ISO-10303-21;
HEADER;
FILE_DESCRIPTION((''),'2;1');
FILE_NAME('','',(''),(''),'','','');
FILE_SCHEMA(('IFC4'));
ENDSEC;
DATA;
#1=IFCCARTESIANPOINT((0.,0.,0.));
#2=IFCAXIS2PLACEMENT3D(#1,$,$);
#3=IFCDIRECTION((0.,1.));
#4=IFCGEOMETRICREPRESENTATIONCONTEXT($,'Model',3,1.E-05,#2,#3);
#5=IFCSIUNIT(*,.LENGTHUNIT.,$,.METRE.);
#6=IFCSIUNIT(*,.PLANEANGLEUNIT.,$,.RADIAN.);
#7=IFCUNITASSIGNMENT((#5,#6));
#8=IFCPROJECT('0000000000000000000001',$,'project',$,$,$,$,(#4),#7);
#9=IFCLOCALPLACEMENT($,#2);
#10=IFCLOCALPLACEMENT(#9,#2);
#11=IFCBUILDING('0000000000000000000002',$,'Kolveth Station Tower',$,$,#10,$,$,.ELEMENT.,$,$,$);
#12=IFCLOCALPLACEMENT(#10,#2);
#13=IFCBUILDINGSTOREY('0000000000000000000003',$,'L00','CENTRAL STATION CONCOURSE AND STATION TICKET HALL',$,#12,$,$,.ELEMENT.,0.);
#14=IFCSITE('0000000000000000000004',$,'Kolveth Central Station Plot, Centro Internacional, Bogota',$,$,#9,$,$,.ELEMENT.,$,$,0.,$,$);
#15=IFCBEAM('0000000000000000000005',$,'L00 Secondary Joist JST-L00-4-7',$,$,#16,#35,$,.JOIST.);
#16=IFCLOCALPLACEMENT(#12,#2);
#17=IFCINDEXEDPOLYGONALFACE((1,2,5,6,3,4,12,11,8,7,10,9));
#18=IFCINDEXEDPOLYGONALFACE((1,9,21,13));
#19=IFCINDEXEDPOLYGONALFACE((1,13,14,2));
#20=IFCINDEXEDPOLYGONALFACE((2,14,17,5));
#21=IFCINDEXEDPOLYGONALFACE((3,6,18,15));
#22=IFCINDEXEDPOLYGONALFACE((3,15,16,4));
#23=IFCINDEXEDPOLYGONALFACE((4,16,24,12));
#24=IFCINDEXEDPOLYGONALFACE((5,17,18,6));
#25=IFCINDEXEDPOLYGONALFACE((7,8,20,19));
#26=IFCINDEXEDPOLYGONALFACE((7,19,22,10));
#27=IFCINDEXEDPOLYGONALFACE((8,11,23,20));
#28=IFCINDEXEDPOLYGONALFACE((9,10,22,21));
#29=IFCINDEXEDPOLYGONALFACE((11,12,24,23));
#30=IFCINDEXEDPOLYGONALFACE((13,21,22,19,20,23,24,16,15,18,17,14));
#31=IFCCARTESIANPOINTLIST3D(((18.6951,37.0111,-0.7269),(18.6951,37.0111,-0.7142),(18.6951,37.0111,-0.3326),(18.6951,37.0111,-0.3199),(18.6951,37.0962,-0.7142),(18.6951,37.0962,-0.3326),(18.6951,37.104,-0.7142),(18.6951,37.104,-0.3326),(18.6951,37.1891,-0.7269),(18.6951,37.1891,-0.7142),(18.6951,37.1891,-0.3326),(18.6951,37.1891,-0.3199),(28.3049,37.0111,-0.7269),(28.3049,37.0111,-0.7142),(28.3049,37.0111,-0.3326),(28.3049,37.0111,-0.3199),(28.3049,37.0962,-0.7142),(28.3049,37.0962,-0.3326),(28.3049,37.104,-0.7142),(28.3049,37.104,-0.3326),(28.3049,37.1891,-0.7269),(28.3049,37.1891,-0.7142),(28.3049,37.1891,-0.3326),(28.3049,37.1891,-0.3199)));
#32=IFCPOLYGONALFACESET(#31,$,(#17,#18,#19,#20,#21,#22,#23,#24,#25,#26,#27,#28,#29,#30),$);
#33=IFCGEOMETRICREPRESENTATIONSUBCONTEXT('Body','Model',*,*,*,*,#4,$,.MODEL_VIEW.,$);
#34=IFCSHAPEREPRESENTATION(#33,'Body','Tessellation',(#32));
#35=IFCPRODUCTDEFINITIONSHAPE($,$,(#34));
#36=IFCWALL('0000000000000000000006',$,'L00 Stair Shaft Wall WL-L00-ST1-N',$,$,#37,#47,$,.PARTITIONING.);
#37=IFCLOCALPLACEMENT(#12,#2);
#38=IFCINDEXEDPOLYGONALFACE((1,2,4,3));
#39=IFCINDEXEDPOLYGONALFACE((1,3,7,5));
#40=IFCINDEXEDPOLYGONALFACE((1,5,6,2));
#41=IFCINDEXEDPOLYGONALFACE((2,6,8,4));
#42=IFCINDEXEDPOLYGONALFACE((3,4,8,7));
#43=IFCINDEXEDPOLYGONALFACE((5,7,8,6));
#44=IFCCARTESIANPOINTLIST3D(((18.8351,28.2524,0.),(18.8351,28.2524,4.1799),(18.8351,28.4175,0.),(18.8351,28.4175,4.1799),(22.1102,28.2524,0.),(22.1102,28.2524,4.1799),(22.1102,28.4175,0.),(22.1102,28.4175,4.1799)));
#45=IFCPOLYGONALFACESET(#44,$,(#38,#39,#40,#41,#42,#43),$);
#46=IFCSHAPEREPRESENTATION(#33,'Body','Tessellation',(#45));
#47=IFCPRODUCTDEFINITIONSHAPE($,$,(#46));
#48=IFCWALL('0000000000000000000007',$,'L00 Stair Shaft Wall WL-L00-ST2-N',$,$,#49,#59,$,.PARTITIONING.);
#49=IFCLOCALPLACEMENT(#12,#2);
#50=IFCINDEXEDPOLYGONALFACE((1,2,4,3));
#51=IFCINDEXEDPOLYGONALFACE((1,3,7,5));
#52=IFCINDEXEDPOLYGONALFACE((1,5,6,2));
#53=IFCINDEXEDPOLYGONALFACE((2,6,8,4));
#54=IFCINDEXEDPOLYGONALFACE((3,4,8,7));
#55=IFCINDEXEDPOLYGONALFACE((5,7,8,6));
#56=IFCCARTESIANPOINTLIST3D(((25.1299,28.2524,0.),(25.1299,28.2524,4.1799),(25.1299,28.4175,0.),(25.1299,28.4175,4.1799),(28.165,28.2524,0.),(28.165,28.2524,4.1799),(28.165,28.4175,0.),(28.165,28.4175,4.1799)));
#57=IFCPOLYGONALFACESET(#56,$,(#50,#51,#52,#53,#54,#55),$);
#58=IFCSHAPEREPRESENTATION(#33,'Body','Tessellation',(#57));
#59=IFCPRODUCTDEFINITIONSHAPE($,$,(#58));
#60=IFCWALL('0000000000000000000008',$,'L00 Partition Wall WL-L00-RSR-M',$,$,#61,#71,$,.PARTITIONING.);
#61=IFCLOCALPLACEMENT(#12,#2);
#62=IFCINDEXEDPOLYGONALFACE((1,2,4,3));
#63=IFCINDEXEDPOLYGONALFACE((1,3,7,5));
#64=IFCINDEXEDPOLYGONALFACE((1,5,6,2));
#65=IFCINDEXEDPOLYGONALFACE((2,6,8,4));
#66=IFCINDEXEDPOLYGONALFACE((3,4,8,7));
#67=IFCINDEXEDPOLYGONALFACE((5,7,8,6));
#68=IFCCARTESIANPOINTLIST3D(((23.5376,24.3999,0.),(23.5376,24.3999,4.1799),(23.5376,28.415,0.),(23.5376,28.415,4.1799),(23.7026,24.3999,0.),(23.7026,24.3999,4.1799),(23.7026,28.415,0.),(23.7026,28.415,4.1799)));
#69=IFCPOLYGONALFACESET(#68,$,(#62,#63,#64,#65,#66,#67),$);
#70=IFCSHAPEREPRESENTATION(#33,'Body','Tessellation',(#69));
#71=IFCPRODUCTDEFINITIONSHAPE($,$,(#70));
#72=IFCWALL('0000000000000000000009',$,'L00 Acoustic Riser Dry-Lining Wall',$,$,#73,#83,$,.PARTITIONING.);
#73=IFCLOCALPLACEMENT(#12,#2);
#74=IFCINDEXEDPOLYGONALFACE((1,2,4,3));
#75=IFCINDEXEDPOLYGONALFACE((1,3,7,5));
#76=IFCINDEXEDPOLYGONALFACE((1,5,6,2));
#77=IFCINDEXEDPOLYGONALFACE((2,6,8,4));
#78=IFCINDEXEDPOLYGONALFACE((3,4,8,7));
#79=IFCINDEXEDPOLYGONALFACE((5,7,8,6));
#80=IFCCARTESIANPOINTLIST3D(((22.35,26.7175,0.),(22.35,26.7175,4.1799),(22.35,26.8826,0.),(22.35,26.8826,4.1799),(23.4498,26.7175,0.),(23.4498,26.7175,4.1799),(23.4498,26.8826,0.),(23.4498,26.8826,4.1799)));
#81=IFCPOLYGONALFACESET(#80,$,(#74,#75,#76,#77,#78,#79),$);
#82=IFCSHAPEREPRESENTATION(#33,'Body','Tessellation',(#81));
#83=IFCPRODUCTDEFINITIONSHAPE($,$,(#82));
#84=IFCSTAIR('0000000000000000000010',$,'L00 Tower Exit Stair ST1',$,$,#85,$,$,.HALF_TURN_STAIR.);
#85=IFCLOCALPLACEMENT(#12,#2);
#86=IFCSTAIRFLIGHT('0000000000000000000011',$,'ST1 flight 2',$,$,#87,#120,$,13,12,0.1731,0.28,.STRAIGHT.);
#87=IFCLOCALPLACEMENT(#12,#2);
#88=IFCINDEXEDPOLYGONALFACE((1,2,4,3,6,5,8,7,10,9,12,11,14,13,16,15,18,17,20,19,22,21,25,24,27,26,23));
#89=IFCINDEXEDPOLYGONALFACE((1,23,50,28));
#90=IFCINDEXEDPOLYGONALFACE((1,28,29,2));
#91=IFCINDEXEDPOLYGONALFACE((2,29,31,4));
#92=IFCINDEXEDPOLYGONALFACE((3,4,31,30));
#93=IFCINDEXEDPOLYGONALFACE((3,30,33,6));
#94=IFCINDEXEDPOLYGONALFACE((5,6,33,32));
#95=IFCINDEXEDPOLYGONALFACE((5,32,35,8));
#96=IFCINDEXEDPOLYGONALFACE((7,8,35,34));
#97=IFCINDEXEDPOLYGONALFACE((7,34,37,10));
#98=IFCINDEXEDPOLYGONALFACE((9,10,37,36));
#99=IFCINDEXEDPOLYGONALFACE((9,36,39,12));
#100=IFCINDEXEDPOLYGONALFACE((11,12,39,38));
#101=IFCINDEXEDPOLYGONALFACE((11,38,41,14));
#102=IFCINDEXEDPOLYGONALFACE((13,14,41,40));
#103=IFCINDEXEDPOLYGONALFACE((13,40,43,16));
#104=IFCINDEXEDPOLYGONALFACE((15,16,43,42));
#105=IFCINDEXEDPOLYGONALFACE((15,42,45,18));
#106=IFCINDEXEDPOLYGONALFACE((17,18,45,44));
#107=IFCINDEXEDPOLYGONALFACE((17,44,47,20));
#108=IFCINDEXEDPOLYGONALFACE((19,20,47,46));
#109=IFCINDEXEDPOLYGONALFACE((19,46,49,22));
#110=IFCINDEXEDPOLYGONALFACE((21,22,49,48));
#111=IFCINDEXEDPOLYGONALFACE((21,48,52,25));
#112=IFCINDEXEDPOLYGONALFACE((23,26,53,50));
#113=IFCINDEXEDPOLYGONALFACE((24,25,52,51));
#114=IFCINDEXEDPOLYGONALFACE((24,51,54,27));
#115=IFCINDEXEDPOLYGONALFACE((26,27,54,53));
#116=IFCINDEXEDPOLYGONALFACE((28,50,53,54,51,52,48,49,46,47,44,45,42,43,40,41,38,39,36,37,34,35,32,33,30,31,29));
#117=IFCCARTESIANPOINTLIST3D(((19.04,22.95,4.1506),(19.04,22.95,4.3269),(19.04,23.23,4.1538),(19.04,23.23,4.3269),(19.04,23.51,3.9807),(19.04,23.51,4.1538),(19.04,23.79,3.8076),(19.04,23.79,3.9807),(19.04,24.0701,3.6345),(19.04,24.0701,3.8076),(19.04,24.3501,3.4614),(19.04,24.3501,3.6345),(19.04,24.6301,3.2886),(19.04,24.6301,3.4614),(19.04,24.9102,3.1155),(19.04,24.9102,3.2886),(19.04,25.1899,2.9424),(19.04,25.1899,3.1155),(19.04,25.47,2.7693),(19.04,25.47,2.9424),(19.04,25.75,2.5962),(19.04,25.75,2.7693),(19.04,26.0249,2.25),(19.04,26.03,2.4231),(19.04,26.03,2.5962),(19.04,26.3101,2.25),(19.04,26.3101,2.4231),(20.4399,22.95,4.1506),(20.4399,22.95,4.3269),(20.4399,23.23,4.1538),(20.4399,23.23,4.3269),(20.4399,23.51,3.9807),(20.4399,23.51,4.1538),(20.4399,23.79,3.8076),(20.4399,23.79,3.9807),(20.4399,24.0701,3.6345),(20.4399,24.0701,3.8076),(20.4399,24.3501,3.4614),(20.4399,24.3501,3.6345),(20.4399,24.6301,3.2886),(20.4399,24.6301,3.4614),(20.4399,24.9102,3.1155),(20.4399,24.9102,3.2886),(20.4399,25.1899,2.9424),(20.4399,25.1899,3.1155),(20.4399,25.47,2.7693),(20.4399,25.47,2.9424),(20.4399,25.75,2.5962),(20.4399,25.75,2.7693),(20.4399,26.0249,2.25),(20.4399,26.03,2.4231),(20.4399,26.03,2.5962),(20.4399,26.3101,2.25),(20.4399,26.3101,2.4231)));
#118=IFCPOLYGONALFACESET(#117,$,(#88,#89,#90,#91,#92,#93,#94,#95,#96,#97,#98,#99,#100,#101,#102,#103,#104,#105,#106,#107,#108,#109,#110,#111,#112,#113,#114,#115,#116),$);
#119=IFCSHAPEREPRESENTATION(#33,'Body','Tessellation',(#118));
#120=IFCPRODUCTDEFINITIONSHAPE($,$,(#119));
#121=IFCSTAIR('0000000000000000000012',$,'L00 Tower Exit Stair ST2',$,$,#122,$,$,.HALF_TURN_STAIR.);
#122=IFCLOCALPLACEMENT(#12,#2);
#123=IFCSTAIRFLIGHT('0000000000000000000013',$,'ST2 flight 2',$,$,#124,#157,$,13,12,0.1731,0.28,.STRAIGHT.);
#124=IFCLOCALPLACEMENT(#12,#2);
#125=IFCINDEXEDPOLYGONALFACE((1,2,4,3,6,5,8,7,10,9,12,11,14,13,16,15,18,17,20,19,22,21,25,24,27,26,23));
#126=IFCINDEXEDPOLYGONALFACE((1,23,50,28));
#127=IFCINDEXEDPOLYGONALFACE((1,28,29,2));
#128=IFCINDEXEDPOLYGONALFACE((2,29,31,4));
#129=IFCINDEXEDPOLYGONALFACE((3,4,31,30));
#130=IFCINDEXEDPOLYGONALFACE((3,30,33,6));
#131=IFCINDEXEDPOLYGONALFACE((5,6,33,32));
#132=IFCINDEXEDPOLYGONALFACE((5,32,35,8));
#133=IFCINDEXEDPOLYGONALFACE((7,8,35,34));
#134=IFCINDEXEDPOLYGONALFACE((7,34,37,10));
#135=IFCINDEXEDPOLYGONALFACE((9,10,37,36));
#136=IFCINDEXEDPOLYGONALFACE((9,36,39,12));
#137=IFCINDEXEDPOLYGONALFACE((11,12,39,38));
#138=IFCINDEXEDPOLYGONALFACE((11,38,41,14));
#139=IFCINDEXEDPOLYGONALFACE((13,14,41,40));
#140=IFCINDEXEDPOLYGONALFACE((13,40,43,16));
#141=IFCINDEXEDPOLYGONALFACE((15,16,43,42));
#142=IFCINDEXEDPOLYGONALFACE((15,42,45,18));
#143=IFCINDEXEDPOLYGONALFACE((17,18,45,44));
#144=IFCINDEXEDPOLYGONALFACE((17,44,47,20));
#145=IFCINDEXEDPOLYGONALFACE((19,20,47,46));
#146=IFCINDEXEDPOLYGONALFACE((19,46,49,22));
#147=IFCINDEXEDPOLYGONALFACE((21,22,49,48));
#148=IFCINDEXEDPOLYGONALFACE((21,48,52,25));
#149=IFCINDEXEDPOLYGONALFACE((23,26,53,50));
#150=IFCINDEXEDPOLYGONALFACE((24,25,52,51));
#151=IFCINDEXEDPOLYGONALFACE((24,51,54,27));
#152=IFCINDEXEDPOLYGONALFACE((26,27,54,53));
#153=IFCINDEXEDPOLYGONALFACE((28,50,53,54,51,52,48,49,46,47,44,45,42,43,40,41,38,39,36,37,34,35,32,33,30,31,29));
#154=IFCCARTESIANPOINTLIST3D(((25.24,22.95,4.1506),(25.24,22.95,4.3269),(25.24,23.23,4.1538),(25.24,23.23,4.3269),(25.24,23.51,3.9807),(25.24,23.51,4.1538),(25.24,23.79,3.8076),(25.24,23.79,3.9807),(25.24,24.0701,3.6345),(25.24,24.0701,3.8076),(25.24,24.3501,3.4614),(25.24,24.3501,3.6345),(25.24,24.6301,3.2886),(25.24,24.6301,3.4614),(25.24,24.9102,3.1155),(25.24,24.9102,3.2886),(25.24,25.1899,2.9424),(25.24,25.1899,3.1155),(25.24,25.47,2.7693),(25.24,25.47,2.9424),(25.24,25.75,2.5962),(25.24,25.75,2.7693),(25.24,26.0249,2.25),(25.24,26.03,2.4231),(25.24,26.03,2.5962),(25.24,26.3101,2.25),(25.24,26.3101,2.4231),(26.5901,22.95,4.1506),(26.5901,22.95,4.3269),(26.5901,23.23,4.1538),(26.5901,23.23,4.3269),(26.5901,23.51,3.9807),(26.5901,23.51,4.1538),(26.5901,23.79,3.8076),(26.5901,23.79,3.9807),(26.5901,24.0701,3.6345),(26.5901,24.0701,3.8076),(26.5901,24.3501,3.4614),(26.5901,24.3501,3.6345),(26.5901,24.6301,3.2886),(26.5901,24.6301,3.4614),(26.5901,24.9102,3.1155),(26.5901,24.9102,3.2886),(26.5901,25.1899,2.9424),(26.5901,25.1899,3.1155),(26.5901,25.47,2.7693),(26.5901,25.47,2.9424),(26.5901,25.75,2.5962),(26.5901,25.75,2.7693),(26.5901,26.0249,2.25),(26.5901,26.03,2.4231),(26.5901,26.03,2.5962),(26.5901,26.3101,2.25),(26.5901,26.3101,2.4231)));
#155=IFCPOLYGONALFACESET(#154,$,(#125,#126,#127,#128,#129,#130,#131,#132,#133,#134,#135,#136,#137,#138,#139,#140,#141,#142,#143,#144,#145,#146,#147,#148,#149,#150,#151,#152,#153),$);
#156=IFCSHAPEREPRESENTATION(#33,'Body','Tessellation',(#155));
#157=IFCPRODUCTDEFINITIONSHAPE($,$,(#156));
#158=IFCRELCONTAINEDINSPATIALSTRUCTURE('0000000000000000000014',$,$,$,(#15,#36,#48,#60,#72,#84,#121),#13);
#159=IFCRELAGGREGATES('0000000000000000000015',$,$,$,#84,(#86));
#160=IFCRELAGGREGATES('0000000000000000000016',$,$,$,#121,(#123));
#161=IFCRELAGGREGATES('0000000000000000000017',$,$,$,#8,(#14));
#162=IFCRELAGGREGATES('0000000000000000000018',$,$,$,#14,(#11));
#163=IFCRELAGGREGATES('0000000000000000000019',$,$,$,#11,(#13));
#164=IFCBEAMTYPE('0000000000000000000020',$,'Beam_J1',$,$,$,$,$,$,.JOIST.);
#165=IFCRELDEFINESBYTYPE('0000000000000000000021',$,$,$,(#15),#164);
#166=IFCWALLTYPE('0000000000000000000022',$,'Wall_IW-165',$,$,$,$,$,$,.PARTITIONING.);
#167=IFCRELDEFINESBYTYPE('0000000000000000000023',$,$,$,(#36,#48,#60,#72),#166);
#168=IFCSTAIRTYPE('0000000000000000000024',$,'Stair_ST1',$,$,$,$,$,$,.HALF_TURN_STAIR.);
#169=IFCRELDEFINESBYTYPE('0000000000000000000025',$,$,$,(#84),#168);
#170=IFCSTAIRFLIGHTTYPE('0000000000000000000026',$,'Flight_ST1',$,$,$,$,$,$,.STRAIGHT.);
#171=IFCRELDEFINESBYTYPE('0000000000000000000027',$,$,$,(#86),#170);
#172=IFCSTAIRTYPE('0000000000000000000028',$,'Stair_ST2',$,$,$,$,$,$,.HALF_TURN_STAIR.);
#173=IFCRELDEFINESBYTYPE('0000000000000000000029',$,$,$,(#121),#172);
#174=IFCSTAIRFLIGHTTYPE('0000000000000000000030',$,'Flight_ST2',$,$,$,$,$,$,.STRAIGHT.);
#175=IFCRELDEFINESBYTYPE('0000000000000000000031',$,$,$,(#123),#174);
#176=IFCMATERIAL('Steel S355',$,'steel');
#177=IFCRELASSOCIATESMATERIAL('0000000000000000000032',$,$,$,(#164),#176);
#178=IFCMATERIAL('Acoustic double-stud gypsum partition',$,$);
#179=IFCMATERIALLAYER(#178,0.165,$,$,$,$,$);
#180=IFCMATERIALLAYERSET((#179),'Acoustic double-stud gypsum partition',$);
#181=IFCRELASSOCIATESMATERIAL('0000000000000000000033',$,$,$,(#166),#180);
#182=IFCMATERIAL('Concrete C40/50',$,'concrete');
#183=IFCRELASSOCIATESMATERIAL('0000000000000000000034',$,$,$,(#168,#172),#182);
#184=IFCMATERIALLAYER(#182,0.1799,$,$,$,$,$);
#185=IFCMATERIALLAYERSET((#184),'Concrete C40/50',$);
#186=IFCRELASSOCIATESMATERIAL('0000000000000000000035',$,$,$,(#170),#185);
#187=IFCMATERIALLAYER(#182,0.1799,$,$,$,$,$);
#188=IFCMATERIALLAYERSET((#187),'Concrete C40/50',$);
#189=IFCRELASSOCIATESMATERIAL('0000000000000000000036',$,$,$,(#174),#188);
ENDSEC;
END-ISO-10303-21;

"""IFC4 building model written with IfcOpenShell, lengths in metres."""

from ifc_helpers import new_model, si_unit, direction, frame, frame_2d, origin, origin_2d, place, context, subcontext, project, spatial, polyline, rectangle, i_section, outline, extrude, source, transform, mapped, material, layer, layer_set, material_profile, profile_set, type_object, element, aggregate, save


model = new_model("IFC4")

# Units and contexts
model_context = context("Model", 3, precision=1e-05, world=origin(), true_north=direction((0.0, 1.0)))
body_context = subcontext(model_context, "Body", "Model", "MODEL_VIEW")
ifc_project = project(units=[si_unit("LENGTHUNIT", "METRE"), si_unit("PLANEANGLEUNIT", "RADIAN")], contexts=[model_context])

# Site, building, storey
site_placement = place(None, origin())
site = spatial("IfcSite", under=ifc_project, at=site_placement, Name="Kolveth Central Station Plot, Centro Internacional, Bogota", CompositionType="ELEMENT", RefElevation=0.0)
building_placement = place(site_placement, origin())
building = spatial("IfcBuilding", under=site, at=building_placement, Name="Kolveth Station Tower", CompositionType="ELEMENT")
storey_placement = place(building_placement, origin())
storey = spatial("IfcBuildingStorey", under=building, at=storey_placement, Name="L00", Description="CENTRAL STATION CONCOURSE AND STATION TICKET HALL", CompositionType="ELEMENT", Elevation=0.0)

# Beam
ifc_material_1 = material(Name="Steel S355", Category="steel")
ifc_material_profile_1 = material_profile(ifc_material_1, i_section(OverallWidth=0.178, OverallDepth=0.407, WebThickness=0.0078, FlangeThickness=0.0127, at=origin_2d()), Name="W410x60")
ifc_profile_set_1 = profile_set([ifc_material_profile_1], Name="Steel S355")
beam_type_1 = type_object("IfcBeamType", Name="Beam_J1", PredefinedType="JOIST", material=ifc_profile_set_1)
shared_shape_1 = source(origin(), body_context, "Body", "SweptSolid", [
    extrude(i_section(OverallWidth=0.178, OverallDepth=0.407, WebThickness=0.0078, FlangeThickness=0.0127, at=origin_2d()), origin(), (0.0, 0.0, 1.0), 9.6099),
])
for number, where, z_axis, x_axis, name in (
    (1, (18.6951, 37.1001, -0.5234), (1.0, 0.0, 0.0), (0.0, 1.0, 0.0), "L00 Secondary Joist JST-L00-4-7"),
):
    element("IfcBeam", number, at=place(storey_placement, frame(where, z_axis=z_axis, x_axis=x_axis)), inside=storey, type_object=beam_type_1, Name=name, PredefinedType="JOIST", context=body_context, shape_type="MappedRepresentation", body=[
        mapped(shared_shape_1, transform((0.0, 0.0, 0.0), x_axis=(1.0, 0.0, 0.0), y_axis=(0.0, 1.0, 0.0), z_axis=(0.0, 0.0, 1.0), scale=1.0)),
    ])

# Walls
ifc_material_2 = material(Name="Acoustic double-stud gypsum partition")
ifc_layer_1 = layer(ifc_material_2, 0.165)
ifc_layer_set_1 = layer_set([ifc_layer_1], Name="Acoustic double-stud gypsum partition")
wall_type = type_object("IfcWallType", Name="Wall_IW-165", PredefinedType="PARTITIONING", material=ifc_layer_set_1)
wall_1_placement = place(storey_placement, frame((18.835, 28.335, 0.0), z_axis=(0.0, 0.0, 1.0), x_axis=(1.0, 0.0, 0.0)))
element("IfcWall", 2, at=wall_1_placement, inside=storey, type_object=wall_type, Name="L00 Stair Shaft Wall WL-L00-ST1-N", PredefinedType="PARTITIONING", context=body_context, shape_type="SweptSolid", body=[
    extrude(rectangle(XDim=3.2751, YDim=0.165, at=frame_2d((1.6377, 0.0))), origin(), (0.0, 0.0, 1.0), 4.1799),
])
wall_2_placement = place(storey_placement, frame((25.1299, 28.335, 0.0), z_axis=(0.0, 0.0, 1.0), x_axis=(1.0, 0.0, 0.0)))
element("IfcWall", 3, at=wall_2_placement, inside=storey, type_object=wall_type, Name="L00 Stair Shaft Wall WL-L00-ST2-N", PredefinedType="PARTITIONING", context=body_context, shape_type="SweptSolid", body=[
    extrude(rectangle(XDim=3.0352, YDim=0.165, at=frame_2d((1.5176, 0.0))), origin(), (0.0, 0.0, 1.0), 4.1799),
])
wall_3_placement = place(storey_placement, frame((23.6201, 24.3999, 0.0), z_axis=(0.0, 0.0, 1.0), x_axis=(0.0, 1.0, 0.0)))
element("IfcWall", 4, at=wall_3_placement, inside=storey, type_object=wall_type, Name="L00 Partition Wall WL-L00-RSR-M", PredefinedType="PARTITIONING", context=body_context, shape_type="SweptSolid", body=[
    extrude(rectangle(XDim=4.0151, YDim=0.165, at=frame_2d((2.0076, 0.0))), origin(), (0.0, 0.0, 1.0), 4.1799),
])
wall_4_placement = place(storey_placement, frame((22.3501, 26.8, 0.0), z_axis=(0.0, 0.0, 1.0), x_axis=(1.0, 0.0, 0.0)))
element("IfcWall", 5, at=wall_4_placement, inside=storey, type_object=wall_type, Name="L00 Acoustic Riser Dry-Lining Wall", PredefinedType="PARTITIONING", context=body_context, shape_type="SweptSolid", body=[
    extrude(rectangle(XDim=1.0999, YDim=0.165, at=frame_2d((0.5498, 0.0))), origin(), (0.0, 0.0, 1.0), 4.1799),
])

# Stairs, stair flights
ifc_material_3 = material(Name="Concrete C40/50", Category="concrete")
stair_type_1 = type_object("IfcStairType", Name="Stair_ST1", PredefinedType="HALF_TURN_STAIR", material=ifc_material_3)
stair_1_placement = place(storey_placement, origin())
stair_1 = element("IfcStair", 6, at=stair_1_placement, inside=storey, type_object=stair_type_1, Name="L00 Tower Exit Stair ST1", PredefinedType="HALF_TURN_STAIR")
ifc_layer_2 = layer(ifc_material_3, 0.1799)
ifc_layer_set_2 = layer_set([ifc_layer_2], Name="Concrete C40/50")
stair_flight_type_1 = type_object("IfcStairFlightType", Name="Flight_ST1", PredefinedType="STRAIGHT", material=ifc_layer_set_2)
stair_flight_1_placement = place(storey_placement, frame((19.74, 26.3101, 2.25), z_axis=(0.0, 0.0, 1.0), x_axis=(0.0, -1.0, 0.0)))
stair_flight_1 = element("IfcStairFlight", 7, at=stair_flight_1_placement, type_object=stair_flight_type_1, Name="ST1 flight 2", NumberOfRisers=13, NumberOfTreads=12, PredefinedType="STRAIGHT", RiserHeight=0.1731, TreadLength=0.28, context=body_context, shape_type="SweptSolid", body=[
    extrude(outline(polyline([(0.0, 0.0), (0.0, 0.1731), (0.28, 0.1731), (0.28, 0.3462), (0.5601, 0.3462), (0.5601, 0.5193), (0.8401, 0.5193), (0.8401, 0.6924), (1.1201, 0.6924), (1.1201, 0.8655), (1.3999, 0.8655), (1.3999, 1.0386), (1.6799, 1.0386), (1.6799, 1.2114), (1.96, 1.2114), (1.96, 1.3845), (2.24, 1.3845), (2.24, 1.5576), (2.52, 1.5576), (2.52, 1.7307), (2.8, 1.7307), (2.8, 1.9038), (3.0801, 1.9038), (3.0801, 2.0769), (3.3601, 2.0769), (3.3601, 2.25), (3.3601, 1.9006), (0.2852, 0.0), (0.0, 0.0)])), frame((0.0, 0.7, 0.0), z_axis=(0.0, -1.0, 0.0), x_axis=(1.0, 0.0, 0.0)), (0.0, 0.0, 1.0), 1.3999),
])
aggregate(stair_1, [stair_flight_1])
stair_type_2 = type_object("IfcStairType", Name="Stair_ST2", PredefinedType="HALF_TURN_STAIR", material=ifc_material_3)
stair_2_placement = place(storey_placement, origin())
stair_2 = element("IfcStair", 8, at=stair_2_placement, inside=storey, type_object=stair_type_2, Name="L00 Tower Exit Stair ST2", PredefinedType="HALF_TURN_STAIR")
ifc_layer_3 = layer(ifc_material_3, 0.1799)
ifc_layer_set_3 = layer_set([ifc_layer_3], Name="Concrete C40/50")
stair_flight_type_2 = type_object("IfcStairFlightType", Name="Flight_ST2", PredefinedType="STRAIGHT", material=ifc_layer_set_3)
stair_flight_2_placement = place(storey_placement, frame((25.915, 26.3101, 2.25), z_axis=(0.0, 0.0, 1.0), x_axis=(0.0, -1.0, 0.0)))
stair_flight_2 = element("IfcStairFlight", 9, at=stair_flight_2_placement, type_object=stair_flight_type_2, Name="ST2 flight 2", NumberOfRisers=13, NumberOfTreads=12, PredefinedType="STRAIGHT", RiserHeight=0.1731, TreadLength=0.28, context=body_context, shape_type="SweptSolid", body=[
    extrude(outline(polyline([(0.0, 0.0), (0.0, 0.1731), (0.28, 0.1731), (0.28, 0.3462), (0.5601, 0.3462), (0.5601, 0.5193), (0.8401, 0.5193), (0.8401, 0.6924), (1.1201, 0.6924), (1.1201, 0.8655), (1.3999, 0.8655), (1.3999, 1.0386), (1.6799, 1.0386), (1.6799, 1.2114), (1.96, 1.2114), (1.96, 1.3845), (2.24, 1.3845), (2.24, 1.5576), (2.52, 1.5576), (2.52, 1.7307), (2.8, 1.7307), (2.8, 1.9038), (3.0801, 1.9038), (3.0801, 2.0769), (3.3601, 2.0769), (3.3601, 2.25), (3.3601, 1.9006), (0.2852, 0.0), (0.0, 0.0)])), frame((0.0, 0.675, 0.0), z_axis=(0.0, -1.0, 0.0), x_axis=(1.0, 0.0, 0.0)), (0.0, 0.0, 1.0), 1.3501),
])
aggregate(stair_2, [stair_flight_2])

save(model, "model.ifc")
